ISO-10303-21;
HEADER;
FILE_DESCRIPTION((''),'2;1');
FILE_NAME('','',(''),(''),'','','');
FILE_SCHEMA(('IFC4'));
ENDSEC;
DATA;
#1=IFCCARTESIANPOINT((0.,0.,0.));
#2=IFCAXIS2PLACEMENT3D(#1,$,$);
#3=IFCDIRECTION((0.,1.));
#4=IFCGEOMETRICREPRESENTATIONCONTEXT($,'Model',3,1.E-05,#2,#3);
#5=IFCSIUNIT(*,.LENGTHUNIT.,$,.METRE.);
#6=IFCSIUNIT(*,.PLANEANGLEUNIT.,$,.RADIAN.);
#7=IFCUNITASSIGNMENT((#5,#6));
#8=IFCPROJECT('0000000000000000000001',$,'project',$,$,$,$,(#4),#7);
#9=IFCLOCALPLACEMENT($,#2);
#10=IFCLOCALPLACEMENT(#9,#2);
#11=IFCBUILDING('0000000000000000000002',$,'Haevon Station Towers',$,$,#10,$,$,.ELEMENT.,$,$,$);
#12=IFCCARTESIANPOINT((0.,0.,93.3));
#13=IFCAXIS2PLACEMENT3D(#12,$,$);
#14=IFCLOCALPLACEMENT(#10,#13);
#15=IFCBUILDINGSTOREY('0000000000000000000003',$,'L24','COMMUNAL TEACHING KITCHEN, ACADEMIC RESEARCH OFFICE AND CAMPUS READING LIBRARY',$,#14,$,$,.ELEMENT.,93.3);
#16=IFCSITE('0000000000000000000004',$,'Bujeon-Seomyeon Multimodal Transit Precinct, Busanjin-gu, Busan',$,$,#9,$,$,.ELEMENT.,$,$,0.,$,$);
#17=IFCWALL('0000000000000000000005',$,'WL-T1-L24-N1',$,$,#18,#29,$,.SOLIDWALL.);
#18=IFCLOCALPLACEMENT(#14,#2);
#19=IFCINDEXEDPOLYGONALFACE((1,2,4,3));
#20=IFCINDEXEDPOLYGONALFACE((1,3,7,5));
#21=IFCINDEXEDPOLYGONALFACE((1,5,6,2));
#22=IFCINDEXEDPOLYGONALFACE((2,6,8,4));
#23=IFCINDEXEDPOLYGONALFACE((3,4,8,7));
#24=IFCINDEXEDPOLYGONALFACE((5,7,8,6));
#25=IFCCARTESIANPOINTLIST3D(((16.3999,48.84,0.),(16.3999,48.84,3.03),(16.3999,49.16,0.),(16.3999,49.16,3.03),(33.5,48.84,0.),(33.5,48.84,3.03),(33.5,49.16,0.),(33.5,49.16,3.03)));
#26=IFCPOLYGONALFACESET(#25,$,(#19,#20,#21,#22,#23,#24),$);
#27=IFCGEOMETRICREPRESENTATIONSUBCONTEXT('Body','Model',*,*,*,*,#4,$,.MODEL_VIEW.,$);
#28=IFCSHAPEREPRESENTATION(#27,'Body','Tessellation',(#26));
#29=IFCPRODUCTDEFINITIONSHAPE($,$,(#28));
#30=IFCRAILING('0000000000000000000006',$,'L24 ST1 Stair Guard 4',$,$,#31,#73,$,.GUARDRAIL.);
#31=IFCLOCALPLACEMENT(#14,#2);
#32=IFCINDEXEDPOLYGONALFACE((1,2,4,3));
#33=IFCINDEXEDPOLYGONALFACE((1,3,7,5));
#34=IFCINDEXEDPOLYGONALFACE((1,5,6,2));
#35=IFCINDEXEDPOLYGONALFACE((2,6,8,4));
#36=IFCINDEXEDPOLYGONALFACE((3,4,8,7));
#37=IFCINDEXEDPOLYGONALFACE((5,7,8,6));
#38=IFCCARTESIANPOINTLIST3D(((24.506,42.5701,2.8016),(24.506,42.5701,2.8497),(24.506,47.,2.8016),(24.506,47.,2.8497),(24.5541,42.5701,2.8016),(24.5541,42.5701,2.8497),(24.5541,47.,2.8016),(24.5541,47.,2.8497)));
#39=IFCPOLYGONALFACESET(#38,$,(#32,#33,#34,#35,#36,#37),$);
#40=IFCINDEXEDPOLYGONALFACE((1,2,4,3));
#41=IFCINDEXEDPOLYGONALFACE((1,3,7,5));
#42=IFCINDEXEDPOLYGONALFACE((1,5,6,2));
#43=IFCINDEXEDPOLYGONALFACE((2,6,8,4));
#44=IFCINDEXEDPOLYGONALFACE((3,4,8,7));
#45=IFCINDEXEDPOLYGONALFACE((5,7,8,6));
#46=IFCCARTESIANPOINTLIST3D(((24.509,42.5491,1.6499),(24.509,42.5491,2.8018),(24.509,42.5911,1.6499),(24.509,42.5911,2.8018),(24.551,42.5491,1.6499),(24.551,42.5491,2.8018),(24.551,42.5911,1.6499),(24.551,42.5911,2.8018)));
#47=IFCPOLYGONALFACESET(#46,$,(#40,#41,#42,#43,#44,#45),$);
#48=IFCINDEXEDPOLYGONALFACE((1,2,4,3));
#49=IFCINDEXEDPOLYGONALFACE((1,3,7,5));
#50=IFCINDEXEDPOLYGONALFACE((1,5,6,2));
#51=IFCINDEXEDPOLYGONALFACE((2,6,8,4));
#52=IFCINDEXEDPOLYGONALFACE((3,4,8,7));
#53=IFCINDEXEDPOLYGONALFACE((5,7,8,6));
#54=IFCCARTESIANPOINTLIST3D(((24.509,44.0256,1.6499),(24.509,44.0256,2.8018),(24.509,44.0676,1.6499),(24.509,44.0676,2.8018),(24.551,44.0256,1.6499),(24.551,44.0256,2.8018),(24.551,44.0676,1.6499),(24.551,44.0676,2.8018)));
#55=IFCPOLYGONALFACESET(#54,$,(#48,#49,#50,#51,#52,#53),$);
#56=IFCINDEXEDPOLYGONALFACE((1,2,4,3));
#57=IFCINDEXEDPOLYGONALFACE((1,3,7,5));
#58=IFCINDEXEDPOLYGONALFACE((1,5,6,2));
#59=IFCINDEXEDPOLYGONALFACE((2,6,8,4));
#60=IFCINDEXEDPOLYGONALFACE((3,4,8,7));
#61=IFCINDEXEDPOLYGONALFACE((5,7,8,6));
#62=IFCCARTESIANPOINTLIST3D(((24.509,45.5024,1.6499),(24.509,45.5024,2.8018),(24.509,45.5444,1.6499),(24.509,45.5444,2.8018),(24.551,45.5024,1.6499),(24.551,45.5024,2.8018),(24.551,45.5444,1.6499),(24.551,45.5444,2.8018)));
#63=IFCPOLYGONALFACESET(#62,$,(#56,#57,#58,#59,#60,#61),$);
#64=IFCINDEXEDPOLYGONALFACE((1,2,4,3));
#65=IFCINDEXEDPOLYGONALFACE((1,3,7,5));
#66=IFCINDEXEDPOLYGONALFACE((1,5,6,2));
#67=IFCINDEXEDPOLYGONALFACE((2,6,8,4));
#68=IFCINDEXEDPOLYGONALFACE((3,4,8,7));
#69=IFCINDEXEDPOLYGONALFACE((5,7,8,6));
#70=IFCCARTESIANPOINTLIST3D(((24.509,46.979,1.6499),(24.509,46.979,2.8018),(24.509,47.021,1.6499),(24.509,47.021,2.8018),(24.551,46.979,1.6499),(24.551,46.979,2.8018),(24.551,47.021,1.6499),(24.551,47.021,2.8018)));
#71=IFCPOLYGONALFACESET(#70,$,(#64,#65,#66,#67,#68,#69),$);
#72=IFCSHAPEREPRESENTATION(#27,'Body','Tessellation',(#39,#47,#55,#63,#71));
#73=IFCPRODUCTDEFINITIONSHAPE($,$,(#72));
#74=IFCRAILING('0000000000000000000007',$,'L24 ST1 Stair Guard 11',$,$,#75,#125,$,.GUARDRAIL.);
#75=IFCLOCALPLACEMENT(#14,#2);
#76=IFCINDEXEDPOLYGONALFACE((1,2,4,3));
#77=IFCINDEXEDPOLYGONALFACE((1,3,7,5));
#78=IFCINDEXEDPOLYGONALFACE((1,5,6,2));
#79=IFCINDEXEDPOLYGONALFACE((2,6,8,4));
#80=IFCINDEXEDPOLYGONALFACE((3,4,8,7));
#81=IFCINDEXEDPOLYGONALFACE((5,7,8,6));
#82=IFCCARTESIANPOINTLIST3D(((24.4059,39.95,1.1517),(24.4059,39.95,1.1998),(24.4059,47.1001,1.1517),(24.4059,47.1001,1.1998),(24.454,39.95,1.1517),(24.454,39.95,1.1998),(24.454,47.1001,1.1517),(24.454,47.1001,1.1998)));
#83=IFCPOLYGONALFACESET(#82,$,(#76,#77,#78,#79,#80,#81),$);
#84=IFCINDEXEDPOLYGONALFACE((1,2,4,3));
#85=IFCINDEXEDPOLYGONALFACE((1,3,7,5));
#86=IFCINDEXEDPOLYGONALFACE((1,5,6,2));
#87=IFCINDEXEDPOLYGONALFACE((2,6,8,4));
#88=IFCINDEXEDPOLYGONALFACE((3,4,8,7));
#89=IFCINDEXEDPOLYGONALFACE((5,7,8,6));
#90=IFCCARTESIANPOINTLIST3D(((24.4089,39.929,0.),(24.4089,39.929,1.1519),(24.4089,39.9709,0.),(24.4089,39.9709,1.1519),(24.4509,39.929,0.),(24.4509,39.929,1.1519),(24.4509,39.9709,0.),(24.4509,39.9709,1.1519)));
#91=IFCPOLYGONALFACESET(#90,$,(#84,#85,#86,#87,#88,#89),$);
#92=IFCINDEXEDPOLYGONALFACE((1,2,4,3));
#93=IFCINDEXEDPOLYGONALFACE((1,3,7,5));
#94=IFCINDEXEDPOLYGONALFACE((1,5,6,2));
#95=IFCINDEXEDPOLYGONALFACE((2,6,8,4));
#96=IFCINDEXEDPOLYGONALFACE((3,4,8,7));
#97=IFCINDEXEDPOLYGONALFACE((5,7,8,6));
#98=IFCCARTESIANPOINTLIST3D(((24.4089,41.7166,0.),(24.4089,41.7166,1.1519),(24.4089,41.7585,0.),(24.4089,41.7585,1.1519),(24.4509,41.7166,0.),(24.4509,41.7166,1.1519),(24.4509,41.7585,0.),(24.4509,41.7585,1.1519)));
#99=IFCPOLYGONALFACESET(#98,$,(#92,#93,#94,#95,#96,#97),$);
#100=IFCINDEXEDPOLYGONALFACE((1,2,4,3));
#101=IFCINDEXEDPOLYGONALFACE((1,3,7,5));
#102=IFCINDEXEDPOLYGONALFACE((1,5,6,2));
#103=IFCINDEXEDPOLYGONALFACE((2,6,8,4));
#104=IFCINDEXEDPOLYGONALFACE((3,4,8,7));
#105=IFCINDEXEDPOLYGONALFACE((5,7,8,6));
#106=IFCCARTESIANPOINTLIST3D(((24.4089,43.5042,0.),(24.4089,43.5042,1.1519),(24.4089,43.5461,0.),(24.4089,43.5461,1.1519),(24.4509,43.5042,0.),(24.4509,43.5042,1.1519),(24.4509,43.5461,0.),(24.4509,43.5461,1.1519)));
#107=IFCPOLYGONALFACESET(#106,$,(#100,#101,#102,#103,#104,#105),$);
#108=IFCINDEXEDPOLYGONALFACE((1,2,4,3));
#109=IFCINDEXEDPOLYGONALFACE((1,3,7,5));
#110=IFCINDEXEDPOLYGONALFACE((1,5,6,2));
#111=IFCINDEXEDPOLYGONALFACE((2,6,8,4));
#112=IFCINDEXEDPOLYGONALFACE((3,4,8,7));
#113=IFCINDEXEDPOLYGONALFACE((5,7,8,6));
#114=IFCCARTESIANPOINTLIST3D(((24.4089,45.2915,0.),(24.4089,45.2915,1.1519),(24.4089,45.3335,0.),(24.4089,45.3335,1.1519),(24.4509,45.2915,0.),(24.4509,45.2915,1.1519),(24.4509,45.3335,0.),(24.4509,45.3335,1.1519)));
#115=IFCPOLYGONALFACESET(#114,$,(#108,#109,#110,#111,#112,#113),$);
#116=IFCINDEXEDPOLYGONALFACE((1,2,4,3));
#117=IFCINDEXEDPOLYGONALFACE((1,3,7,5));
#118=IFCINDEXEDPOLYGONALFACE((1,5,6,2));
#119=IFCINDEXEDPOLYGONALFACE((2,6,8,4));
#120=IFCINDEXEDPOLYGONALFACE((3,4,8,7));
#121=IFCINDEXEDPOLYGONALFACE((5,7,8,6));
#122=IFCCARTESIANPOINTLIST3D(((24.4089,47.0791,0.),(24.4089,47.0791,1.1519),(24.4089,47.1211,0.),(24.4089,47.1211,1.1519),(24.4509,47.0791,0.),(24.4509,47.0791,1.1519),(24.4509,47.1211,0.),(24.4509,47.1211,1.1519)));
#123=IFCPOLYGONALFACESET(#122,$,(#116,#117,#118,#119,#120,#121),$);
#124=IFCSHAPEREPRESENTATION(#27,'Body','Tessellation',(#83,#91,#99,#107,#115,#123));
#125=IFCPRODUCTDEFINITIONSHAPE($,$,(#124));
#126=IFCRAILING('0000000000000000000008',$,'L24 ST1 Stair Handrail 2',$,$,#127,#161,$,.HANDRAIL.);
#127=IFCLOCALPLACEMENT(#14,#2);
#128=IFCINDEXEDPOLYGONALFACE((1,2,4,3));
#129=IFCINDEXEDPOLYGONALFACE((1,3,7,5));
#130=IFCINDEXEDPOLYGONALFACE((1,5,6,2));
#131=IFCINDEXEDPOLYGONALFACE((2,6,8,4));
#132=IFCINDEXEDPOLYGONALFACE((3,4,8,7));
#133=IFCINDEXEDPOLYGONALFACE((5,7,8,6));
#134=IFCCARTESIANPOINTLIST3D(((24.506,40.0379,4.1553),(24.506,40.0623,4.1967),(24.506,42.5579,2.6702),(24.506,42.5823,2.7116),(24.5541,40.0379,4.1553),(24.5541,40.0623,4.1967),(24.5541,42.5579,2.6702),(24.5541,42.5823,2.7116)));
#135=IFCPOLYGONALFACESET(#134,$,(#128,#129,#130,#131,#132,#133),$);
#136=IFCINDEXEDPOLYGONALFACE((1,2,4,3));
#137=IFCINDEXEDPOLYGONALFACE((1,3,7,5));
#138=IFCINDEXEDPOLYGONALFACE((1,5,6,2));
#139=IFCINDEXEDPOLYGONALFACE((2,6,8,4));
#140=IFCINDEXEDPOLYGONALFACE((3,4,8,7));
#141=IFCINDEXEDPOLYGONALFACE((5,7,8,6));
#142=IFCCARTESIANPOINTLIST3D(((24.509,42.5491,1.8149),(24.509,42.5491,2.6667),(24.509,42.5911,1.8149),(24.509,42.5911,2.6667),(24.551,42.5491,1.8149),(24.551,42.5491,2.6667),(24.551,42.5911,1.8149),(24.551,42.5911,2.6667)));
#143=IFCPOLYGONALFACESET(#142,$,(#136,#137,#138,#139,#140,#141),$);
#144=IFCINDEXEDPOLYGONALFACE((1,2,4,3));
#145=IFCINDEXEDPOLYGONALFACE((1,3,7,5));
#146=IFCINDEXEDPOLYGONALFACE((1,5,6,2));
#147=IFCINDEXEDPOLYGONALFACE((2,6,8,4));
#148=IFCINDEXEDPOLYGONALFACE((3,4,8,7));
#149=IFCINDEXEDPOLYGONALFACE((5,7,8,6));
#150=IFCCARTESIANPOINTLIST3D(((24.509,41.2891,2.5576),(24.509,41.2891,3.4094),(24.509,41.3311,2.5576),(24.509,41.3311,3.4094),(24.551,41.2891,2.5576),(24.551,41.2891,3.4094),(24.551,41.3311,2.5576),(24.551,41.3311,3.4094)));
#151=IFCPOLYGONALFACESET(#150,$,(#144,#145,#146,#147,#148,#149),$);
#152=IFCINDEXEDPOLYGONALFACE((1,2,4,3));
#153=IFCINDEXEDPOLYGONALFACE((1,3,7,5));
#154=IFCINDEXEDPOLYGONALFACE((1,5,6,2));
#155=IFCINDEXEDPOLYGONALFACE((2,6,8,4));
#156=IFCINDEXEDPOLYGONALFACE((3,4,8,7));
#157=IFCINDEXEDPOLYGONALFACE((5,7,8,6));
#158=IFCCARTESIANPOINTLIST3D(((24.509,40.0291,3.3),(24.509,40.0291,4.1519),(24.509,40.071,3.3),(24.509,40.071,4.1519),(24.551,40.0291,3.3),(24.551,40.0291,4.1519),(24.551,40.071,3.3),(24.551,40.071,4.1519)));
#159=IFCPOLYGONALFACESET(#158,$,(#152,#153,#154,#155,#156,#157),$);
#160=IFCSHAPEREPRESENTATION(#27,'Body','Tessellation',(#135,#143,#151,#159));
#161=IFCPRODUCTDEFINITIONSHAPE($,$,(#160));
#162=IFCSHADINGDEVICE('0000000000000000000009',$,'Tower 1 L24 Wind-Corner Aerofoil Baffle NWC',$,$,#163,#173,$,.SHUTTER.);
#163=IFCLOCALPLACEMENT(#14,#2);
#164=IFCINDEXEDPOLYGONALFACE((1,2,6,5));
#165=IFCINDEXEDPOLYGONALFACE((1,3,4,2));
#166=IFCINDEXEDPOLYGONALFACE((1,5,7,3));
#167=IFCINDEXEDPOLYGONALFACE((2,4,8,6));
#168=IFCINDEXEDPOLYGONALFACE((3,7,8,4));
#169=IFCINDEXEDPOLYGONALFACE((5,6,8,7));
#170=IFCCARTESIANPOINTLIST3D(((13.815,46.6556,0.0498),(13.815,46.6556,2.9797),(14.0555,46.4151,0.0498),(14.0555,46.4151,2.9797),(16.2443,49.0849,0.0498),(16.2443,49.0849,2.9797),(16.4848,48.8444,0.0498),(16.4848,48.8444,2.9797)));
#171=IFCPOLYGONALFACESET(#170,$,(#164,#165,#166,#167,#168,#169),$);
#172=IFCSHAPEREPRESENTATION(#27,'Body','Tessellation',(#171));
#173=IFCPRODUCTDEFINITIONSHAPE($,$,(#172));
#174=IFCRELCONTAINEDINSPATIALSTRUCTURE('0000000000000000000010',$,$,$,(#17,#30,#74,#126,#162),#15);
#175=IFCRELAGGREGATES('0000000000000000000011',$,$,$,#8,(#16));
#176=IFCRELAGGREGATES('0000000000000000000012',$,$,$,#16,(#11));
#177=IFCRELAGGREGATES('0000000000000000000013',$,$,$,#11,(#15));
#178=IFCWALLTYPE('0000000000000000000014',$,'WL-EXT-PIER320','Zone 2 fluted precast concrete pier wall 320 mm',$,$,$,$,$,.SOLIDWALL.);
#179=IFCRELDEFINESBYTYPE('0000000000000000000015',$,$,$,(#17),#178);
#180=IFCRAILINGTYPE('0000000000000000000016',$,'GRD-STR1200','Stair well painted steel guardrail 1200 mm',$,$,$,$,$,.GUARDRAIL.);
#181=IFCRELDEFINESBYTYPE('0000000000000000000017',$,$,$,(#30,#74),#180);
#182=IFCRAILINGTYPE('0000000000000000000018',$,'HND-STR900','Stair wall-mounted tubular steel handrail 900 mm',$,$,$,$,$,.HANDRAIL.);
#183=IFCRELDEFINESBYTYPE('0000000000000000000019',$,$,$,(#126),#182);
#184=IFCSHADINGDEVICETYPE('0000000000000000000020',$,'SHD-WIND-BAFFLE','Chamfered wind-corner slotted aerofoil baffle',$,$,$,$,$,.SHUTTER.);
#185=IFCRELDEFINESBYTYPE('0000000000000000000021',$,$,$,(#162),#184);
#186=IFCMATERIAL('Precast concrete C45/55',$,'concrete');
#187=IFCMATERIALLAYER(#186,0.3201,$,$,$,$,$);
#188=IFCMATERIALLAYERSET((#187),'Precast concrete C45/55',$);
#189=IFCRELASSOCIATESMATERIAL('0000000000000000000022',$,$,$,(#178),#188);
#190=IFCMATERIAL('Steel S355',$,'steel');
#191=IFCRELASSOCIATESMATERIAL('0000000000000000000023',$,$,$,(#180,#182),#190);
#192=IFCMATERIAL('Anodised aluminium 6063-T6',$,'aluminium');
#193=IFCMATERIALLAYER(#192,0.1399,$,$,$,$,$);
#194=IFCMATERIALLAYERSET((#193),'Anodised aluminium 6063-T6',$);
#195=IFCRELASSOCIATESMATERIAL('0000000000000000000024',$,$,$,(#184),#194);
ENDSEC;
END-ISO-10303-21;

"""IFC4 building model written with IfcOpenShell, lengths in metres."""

from ifc_helpers import new_model, si_unit, direction, frame, frame_2d, origin, origin_2d, place, context, subcontext, project, spatial, rectangle, extrude, material, layer, layer_set, type_object, element, save


model = new_model("IFC4")

# Units and contexts
model_context = context("Model", 3, precision=1e-05, world=origin(), true_north=direction((0.0, 1.0)))
body_context = subcontext(model_context, "Body", "Model", "MODEL_VIEW")
ifc_project = project(units=[si_unit("LENGTHUNIT", "METRE"), si_unit("PLANEANGLEUNIT", "RADIAN")], contexts=[model_context])

# Site, building, storey
site_placement = place(None, origin())
site = spatial("IfcSite", under=ifc_project, at=site_placement, Name="Bujeon-Seomyeon Multimodal Transit Precinct, Busanjin-gu, Busan", CompositionType="ELEMENT", RefElevation=0.0)
building_placement = place(site_placement, origin())
building = spatial("IfcBuilding", under=site, at=building_placement, Name="Haevon Station Towers", CompositionType="ELEMENT")
storey_placement = place(building_placement, frame((0.0, 0.0, 93.3)))
storey = spatial("IfcBuildingStorey", under=building, at=storey_placement, Name="L24", Description="COMMUNAL TEACHING KITCHEN, ACADEMIC RESEARCH OFFICE AND CAMPUS READING LIBRARY", CompositionType="ELEMENT", Elevation=93.3)

# Shared definitions
ifc_material_1 = material(Name="Steel S355", Category="steel")

# Wall
ifc_material_2 = material(Name="Precast concrete C45/55", Category="concrete")
ifc_layer_1 = layer(ifc_material_2, 0.3201)
ifc_layer_set_1 = layer_set([ifc_layer_1], Name="Precast concrete C45/55")
wall_type_1 = type_object("IfcWallType", Name="WL-EXT-PIER320", Description="Zone 2 fluted precast concrete pier wall 320 mm", PredefinedType="SOLIDWALL", material=ifc_layer_set_1)
wall_1_placement = place(storey_placement, frame((16.3999, 49.0, 0.0), z_axis=(0.0, 0.0, 1.0), x_axis=(1.0, 0.0, 0.0)))
element("IfcWall", 1, at=wall_1_placement, inside=storey, type_object=wall_type_1, Name="WL-T1-L24-N1", PredefinedType="SOLIDWALL", context=body_context, shape_type="SweptSolid", body=[
    extrude(rectangle(XDim=17.1001, YDim=0.3201, at=frame_2d((8.55, 0.0))), origin(), (0.0, 0.0, 1.0), 3.03),
])

# Railings
railing_type_1 = type_object("IfcRailingType", Name="GRD-STR1200", Description="Stair well painted steel guardrail 1200 mm", PredefinedType="GUARDRAIL", material=ifc_material_1)
railing_1_placement = place(storey_placement, frame((24.53, 42.5701, 1.6499)))
element("IfcRailing", 2, at=railing_1_placement, inside=storey, type_object=railing_type_1, Name="L24 ST1 Stair Guard 4", PredefinedType="GUARDRAIL", context=body_context, shape_type="SweptSolid", body=[
    extrude(rectangle(XDim=0.0481, YDim=0.0481, at=origin_2d()), frame((0.0, 0.0, 1.1758), z_axis=(0.0, 1.0, 0.0), x_axis=(-1.0, 0.0, 0.0)), (0.0, 0.0, 1.0), 4.4299),
    extrude(rectangle(XDim=0.042, YDim=0.042, at=origin_2d()), origin(), (0.0, 0.0, 1.0), 1.1519),
    extrude(rectangle(XDim=0.042, YDim=0.042, at=origin_2d()), frame((0.0, 1.4766, 0.0)), (0.0, 0.0, 1.0), 1.1519),
    extrude(rectangle(XDim=0.042, YDim=0.042, at=origin_2d()), frame((0.0, 2.9534, 0.0)), (0.0, 0.0, 1.0), 1.1519),
    extrude(rectangle(XDim=0.042, YDim=0.042, at=origin_2d()), frame((0.0, 4.4299, 0.0)), (0.0, 0.0, 1.0), 1.1519),
])
railing_2_placement = place(storey_placement, frame((24.4299, 39.95, 0.0)))
element("IfcRailing", 3, at=railing_2_placement, inside=storey, type_object=railing_type_1, Name="L24 ST1 Stair Guard 11", PredefinedType="GUARDRAIL", context=body_context, shape_type="SweptSolid", body=[
    extrude(rectangle(XDim=0.0481, YDim=0.0481, at=origin_2d()), frame((0.0, 0.0, 1.1758), z_axis=(0.0, 1.0, 0.0), x_axis=(-1.0, 0.0, 0.0)), (0.0, 0.0, 1.0), 7.1501),
    extrude(rectangle(XDim=0.042, YDim=0.042, at=origin_2d()), origin(), (0.0, 0.0, 1.0), 1.1519),
    extrude(rectangle(XDim=0.042, YDim=0.042, at=origin_2d()), frame((0.0, 1.7876, 0.0)), (0.0, 0.0, 1.0), 1.1519),
    extrude(rectangle(XDim=0.042, YDim=0.042, at=origin_2d()), frame((0.0, 3.5752, 0.0)), (0.0, 0.0, 1.0), 1.1519),
    extrude(rectangle(XDim=0.042, YDim=0.042, at=origin_2d()), frame((0.0, 5.3625, 0.0)), (0.0, 0.0, 1.0), 1.1519),
    extrude(rectangle(XDim=0.042, YDim=0.042, at=origin_2d()), frame((0.0, 7.1501, 0.0)), (0.0, 0.0, 1.0), 1.1519),
])
railing_type_2 = type_object("IfcRailingType", Name="HND-STR900", Description="Stair wall-mounted tubular steel handrail 900 mm", PredefinedType="HANDRAIL", material=ifc_material_1)
railing_3_placement = place(storey_placement, frame((24.53, 42.5701, 1.8149)))
element("IfcRailing", 4, at=railing_3_placement, inside=storey, type_object=railing_type_2, Name="L24 ST1 Stair Handrail 2", PredefinedType="HANDRAIL", context=body_context, shape_type="SweptSolid", body=[
    extrude(rectangle(XDim=0.0481, YDim=0.0481, at=origin_2d()), frame((0.0, 0.0, 0.876), z_axis=(0.0, -0.861524, 0.507717), x_axis=(1.0, 0.0, 0.0)), (0.0, 0.0, 1.0), 2.925),
    extrude(rectangle(XDim=0.042, YDim=0.042, at=origin_2d()), origin(), (0.0, 0.0, 1.0), 0.8518),
    extrude(rectangle(XDim=0.042, YDim=0.042, at=origin_2d()), frame((0.0, -1.26, 0.7427)), (0.0, 0.0, 1.0), 0.8518),
    extrude(rectangle(XDim=0.042, YDim=0.042, at=origin_2d()), frame((0.0, -2.52, 1.4851)), (0.0, 0.0, 1.0), 0.8518),
])

# Shading device
ifc_material_3 = material(Name="Anodised aluminium 6063-T6", Category="aluminium")
ifc_layer_2 = layer(ifc_material_3, 0.1399)
ifc_layer_set_2 = layer_set([ifc_layer_2], Name="Anodised aluminium 6063-T6")
shading_device_type = type_object("IfcShadingDeviceType", Name="SHD-WIND-BAFFLE", Description="Chamfered wind-corner slotted aerofoil baffle", PredefinedType="SHUTTER", material=ifc_layer_set_2)
shading_device_placement = place(storey_placement, frame((15.1499, 47.75, 0.0498), z_axis=(0.0, 0.0, 1.0), x_axis=(0.707107, 0.707107, 0.0)))
element("IfcShadingDevice", 5, at=shading_device_placement, inside=storey, type_object=shading_device_type, Name="Tower 1 L24 Wind-Corner Aerofoil Baffle NWC", PredefinedType="SHUTTER", context=body_context, shape_type="SweptSolid", body=[
    extrude(rectangle(XDim=3.4355, YDim=0.3401, at=origin_2d()), origin(), (0.0, 0.0, 1.0), 2.9299),
])

save(model, "model.ifc")
